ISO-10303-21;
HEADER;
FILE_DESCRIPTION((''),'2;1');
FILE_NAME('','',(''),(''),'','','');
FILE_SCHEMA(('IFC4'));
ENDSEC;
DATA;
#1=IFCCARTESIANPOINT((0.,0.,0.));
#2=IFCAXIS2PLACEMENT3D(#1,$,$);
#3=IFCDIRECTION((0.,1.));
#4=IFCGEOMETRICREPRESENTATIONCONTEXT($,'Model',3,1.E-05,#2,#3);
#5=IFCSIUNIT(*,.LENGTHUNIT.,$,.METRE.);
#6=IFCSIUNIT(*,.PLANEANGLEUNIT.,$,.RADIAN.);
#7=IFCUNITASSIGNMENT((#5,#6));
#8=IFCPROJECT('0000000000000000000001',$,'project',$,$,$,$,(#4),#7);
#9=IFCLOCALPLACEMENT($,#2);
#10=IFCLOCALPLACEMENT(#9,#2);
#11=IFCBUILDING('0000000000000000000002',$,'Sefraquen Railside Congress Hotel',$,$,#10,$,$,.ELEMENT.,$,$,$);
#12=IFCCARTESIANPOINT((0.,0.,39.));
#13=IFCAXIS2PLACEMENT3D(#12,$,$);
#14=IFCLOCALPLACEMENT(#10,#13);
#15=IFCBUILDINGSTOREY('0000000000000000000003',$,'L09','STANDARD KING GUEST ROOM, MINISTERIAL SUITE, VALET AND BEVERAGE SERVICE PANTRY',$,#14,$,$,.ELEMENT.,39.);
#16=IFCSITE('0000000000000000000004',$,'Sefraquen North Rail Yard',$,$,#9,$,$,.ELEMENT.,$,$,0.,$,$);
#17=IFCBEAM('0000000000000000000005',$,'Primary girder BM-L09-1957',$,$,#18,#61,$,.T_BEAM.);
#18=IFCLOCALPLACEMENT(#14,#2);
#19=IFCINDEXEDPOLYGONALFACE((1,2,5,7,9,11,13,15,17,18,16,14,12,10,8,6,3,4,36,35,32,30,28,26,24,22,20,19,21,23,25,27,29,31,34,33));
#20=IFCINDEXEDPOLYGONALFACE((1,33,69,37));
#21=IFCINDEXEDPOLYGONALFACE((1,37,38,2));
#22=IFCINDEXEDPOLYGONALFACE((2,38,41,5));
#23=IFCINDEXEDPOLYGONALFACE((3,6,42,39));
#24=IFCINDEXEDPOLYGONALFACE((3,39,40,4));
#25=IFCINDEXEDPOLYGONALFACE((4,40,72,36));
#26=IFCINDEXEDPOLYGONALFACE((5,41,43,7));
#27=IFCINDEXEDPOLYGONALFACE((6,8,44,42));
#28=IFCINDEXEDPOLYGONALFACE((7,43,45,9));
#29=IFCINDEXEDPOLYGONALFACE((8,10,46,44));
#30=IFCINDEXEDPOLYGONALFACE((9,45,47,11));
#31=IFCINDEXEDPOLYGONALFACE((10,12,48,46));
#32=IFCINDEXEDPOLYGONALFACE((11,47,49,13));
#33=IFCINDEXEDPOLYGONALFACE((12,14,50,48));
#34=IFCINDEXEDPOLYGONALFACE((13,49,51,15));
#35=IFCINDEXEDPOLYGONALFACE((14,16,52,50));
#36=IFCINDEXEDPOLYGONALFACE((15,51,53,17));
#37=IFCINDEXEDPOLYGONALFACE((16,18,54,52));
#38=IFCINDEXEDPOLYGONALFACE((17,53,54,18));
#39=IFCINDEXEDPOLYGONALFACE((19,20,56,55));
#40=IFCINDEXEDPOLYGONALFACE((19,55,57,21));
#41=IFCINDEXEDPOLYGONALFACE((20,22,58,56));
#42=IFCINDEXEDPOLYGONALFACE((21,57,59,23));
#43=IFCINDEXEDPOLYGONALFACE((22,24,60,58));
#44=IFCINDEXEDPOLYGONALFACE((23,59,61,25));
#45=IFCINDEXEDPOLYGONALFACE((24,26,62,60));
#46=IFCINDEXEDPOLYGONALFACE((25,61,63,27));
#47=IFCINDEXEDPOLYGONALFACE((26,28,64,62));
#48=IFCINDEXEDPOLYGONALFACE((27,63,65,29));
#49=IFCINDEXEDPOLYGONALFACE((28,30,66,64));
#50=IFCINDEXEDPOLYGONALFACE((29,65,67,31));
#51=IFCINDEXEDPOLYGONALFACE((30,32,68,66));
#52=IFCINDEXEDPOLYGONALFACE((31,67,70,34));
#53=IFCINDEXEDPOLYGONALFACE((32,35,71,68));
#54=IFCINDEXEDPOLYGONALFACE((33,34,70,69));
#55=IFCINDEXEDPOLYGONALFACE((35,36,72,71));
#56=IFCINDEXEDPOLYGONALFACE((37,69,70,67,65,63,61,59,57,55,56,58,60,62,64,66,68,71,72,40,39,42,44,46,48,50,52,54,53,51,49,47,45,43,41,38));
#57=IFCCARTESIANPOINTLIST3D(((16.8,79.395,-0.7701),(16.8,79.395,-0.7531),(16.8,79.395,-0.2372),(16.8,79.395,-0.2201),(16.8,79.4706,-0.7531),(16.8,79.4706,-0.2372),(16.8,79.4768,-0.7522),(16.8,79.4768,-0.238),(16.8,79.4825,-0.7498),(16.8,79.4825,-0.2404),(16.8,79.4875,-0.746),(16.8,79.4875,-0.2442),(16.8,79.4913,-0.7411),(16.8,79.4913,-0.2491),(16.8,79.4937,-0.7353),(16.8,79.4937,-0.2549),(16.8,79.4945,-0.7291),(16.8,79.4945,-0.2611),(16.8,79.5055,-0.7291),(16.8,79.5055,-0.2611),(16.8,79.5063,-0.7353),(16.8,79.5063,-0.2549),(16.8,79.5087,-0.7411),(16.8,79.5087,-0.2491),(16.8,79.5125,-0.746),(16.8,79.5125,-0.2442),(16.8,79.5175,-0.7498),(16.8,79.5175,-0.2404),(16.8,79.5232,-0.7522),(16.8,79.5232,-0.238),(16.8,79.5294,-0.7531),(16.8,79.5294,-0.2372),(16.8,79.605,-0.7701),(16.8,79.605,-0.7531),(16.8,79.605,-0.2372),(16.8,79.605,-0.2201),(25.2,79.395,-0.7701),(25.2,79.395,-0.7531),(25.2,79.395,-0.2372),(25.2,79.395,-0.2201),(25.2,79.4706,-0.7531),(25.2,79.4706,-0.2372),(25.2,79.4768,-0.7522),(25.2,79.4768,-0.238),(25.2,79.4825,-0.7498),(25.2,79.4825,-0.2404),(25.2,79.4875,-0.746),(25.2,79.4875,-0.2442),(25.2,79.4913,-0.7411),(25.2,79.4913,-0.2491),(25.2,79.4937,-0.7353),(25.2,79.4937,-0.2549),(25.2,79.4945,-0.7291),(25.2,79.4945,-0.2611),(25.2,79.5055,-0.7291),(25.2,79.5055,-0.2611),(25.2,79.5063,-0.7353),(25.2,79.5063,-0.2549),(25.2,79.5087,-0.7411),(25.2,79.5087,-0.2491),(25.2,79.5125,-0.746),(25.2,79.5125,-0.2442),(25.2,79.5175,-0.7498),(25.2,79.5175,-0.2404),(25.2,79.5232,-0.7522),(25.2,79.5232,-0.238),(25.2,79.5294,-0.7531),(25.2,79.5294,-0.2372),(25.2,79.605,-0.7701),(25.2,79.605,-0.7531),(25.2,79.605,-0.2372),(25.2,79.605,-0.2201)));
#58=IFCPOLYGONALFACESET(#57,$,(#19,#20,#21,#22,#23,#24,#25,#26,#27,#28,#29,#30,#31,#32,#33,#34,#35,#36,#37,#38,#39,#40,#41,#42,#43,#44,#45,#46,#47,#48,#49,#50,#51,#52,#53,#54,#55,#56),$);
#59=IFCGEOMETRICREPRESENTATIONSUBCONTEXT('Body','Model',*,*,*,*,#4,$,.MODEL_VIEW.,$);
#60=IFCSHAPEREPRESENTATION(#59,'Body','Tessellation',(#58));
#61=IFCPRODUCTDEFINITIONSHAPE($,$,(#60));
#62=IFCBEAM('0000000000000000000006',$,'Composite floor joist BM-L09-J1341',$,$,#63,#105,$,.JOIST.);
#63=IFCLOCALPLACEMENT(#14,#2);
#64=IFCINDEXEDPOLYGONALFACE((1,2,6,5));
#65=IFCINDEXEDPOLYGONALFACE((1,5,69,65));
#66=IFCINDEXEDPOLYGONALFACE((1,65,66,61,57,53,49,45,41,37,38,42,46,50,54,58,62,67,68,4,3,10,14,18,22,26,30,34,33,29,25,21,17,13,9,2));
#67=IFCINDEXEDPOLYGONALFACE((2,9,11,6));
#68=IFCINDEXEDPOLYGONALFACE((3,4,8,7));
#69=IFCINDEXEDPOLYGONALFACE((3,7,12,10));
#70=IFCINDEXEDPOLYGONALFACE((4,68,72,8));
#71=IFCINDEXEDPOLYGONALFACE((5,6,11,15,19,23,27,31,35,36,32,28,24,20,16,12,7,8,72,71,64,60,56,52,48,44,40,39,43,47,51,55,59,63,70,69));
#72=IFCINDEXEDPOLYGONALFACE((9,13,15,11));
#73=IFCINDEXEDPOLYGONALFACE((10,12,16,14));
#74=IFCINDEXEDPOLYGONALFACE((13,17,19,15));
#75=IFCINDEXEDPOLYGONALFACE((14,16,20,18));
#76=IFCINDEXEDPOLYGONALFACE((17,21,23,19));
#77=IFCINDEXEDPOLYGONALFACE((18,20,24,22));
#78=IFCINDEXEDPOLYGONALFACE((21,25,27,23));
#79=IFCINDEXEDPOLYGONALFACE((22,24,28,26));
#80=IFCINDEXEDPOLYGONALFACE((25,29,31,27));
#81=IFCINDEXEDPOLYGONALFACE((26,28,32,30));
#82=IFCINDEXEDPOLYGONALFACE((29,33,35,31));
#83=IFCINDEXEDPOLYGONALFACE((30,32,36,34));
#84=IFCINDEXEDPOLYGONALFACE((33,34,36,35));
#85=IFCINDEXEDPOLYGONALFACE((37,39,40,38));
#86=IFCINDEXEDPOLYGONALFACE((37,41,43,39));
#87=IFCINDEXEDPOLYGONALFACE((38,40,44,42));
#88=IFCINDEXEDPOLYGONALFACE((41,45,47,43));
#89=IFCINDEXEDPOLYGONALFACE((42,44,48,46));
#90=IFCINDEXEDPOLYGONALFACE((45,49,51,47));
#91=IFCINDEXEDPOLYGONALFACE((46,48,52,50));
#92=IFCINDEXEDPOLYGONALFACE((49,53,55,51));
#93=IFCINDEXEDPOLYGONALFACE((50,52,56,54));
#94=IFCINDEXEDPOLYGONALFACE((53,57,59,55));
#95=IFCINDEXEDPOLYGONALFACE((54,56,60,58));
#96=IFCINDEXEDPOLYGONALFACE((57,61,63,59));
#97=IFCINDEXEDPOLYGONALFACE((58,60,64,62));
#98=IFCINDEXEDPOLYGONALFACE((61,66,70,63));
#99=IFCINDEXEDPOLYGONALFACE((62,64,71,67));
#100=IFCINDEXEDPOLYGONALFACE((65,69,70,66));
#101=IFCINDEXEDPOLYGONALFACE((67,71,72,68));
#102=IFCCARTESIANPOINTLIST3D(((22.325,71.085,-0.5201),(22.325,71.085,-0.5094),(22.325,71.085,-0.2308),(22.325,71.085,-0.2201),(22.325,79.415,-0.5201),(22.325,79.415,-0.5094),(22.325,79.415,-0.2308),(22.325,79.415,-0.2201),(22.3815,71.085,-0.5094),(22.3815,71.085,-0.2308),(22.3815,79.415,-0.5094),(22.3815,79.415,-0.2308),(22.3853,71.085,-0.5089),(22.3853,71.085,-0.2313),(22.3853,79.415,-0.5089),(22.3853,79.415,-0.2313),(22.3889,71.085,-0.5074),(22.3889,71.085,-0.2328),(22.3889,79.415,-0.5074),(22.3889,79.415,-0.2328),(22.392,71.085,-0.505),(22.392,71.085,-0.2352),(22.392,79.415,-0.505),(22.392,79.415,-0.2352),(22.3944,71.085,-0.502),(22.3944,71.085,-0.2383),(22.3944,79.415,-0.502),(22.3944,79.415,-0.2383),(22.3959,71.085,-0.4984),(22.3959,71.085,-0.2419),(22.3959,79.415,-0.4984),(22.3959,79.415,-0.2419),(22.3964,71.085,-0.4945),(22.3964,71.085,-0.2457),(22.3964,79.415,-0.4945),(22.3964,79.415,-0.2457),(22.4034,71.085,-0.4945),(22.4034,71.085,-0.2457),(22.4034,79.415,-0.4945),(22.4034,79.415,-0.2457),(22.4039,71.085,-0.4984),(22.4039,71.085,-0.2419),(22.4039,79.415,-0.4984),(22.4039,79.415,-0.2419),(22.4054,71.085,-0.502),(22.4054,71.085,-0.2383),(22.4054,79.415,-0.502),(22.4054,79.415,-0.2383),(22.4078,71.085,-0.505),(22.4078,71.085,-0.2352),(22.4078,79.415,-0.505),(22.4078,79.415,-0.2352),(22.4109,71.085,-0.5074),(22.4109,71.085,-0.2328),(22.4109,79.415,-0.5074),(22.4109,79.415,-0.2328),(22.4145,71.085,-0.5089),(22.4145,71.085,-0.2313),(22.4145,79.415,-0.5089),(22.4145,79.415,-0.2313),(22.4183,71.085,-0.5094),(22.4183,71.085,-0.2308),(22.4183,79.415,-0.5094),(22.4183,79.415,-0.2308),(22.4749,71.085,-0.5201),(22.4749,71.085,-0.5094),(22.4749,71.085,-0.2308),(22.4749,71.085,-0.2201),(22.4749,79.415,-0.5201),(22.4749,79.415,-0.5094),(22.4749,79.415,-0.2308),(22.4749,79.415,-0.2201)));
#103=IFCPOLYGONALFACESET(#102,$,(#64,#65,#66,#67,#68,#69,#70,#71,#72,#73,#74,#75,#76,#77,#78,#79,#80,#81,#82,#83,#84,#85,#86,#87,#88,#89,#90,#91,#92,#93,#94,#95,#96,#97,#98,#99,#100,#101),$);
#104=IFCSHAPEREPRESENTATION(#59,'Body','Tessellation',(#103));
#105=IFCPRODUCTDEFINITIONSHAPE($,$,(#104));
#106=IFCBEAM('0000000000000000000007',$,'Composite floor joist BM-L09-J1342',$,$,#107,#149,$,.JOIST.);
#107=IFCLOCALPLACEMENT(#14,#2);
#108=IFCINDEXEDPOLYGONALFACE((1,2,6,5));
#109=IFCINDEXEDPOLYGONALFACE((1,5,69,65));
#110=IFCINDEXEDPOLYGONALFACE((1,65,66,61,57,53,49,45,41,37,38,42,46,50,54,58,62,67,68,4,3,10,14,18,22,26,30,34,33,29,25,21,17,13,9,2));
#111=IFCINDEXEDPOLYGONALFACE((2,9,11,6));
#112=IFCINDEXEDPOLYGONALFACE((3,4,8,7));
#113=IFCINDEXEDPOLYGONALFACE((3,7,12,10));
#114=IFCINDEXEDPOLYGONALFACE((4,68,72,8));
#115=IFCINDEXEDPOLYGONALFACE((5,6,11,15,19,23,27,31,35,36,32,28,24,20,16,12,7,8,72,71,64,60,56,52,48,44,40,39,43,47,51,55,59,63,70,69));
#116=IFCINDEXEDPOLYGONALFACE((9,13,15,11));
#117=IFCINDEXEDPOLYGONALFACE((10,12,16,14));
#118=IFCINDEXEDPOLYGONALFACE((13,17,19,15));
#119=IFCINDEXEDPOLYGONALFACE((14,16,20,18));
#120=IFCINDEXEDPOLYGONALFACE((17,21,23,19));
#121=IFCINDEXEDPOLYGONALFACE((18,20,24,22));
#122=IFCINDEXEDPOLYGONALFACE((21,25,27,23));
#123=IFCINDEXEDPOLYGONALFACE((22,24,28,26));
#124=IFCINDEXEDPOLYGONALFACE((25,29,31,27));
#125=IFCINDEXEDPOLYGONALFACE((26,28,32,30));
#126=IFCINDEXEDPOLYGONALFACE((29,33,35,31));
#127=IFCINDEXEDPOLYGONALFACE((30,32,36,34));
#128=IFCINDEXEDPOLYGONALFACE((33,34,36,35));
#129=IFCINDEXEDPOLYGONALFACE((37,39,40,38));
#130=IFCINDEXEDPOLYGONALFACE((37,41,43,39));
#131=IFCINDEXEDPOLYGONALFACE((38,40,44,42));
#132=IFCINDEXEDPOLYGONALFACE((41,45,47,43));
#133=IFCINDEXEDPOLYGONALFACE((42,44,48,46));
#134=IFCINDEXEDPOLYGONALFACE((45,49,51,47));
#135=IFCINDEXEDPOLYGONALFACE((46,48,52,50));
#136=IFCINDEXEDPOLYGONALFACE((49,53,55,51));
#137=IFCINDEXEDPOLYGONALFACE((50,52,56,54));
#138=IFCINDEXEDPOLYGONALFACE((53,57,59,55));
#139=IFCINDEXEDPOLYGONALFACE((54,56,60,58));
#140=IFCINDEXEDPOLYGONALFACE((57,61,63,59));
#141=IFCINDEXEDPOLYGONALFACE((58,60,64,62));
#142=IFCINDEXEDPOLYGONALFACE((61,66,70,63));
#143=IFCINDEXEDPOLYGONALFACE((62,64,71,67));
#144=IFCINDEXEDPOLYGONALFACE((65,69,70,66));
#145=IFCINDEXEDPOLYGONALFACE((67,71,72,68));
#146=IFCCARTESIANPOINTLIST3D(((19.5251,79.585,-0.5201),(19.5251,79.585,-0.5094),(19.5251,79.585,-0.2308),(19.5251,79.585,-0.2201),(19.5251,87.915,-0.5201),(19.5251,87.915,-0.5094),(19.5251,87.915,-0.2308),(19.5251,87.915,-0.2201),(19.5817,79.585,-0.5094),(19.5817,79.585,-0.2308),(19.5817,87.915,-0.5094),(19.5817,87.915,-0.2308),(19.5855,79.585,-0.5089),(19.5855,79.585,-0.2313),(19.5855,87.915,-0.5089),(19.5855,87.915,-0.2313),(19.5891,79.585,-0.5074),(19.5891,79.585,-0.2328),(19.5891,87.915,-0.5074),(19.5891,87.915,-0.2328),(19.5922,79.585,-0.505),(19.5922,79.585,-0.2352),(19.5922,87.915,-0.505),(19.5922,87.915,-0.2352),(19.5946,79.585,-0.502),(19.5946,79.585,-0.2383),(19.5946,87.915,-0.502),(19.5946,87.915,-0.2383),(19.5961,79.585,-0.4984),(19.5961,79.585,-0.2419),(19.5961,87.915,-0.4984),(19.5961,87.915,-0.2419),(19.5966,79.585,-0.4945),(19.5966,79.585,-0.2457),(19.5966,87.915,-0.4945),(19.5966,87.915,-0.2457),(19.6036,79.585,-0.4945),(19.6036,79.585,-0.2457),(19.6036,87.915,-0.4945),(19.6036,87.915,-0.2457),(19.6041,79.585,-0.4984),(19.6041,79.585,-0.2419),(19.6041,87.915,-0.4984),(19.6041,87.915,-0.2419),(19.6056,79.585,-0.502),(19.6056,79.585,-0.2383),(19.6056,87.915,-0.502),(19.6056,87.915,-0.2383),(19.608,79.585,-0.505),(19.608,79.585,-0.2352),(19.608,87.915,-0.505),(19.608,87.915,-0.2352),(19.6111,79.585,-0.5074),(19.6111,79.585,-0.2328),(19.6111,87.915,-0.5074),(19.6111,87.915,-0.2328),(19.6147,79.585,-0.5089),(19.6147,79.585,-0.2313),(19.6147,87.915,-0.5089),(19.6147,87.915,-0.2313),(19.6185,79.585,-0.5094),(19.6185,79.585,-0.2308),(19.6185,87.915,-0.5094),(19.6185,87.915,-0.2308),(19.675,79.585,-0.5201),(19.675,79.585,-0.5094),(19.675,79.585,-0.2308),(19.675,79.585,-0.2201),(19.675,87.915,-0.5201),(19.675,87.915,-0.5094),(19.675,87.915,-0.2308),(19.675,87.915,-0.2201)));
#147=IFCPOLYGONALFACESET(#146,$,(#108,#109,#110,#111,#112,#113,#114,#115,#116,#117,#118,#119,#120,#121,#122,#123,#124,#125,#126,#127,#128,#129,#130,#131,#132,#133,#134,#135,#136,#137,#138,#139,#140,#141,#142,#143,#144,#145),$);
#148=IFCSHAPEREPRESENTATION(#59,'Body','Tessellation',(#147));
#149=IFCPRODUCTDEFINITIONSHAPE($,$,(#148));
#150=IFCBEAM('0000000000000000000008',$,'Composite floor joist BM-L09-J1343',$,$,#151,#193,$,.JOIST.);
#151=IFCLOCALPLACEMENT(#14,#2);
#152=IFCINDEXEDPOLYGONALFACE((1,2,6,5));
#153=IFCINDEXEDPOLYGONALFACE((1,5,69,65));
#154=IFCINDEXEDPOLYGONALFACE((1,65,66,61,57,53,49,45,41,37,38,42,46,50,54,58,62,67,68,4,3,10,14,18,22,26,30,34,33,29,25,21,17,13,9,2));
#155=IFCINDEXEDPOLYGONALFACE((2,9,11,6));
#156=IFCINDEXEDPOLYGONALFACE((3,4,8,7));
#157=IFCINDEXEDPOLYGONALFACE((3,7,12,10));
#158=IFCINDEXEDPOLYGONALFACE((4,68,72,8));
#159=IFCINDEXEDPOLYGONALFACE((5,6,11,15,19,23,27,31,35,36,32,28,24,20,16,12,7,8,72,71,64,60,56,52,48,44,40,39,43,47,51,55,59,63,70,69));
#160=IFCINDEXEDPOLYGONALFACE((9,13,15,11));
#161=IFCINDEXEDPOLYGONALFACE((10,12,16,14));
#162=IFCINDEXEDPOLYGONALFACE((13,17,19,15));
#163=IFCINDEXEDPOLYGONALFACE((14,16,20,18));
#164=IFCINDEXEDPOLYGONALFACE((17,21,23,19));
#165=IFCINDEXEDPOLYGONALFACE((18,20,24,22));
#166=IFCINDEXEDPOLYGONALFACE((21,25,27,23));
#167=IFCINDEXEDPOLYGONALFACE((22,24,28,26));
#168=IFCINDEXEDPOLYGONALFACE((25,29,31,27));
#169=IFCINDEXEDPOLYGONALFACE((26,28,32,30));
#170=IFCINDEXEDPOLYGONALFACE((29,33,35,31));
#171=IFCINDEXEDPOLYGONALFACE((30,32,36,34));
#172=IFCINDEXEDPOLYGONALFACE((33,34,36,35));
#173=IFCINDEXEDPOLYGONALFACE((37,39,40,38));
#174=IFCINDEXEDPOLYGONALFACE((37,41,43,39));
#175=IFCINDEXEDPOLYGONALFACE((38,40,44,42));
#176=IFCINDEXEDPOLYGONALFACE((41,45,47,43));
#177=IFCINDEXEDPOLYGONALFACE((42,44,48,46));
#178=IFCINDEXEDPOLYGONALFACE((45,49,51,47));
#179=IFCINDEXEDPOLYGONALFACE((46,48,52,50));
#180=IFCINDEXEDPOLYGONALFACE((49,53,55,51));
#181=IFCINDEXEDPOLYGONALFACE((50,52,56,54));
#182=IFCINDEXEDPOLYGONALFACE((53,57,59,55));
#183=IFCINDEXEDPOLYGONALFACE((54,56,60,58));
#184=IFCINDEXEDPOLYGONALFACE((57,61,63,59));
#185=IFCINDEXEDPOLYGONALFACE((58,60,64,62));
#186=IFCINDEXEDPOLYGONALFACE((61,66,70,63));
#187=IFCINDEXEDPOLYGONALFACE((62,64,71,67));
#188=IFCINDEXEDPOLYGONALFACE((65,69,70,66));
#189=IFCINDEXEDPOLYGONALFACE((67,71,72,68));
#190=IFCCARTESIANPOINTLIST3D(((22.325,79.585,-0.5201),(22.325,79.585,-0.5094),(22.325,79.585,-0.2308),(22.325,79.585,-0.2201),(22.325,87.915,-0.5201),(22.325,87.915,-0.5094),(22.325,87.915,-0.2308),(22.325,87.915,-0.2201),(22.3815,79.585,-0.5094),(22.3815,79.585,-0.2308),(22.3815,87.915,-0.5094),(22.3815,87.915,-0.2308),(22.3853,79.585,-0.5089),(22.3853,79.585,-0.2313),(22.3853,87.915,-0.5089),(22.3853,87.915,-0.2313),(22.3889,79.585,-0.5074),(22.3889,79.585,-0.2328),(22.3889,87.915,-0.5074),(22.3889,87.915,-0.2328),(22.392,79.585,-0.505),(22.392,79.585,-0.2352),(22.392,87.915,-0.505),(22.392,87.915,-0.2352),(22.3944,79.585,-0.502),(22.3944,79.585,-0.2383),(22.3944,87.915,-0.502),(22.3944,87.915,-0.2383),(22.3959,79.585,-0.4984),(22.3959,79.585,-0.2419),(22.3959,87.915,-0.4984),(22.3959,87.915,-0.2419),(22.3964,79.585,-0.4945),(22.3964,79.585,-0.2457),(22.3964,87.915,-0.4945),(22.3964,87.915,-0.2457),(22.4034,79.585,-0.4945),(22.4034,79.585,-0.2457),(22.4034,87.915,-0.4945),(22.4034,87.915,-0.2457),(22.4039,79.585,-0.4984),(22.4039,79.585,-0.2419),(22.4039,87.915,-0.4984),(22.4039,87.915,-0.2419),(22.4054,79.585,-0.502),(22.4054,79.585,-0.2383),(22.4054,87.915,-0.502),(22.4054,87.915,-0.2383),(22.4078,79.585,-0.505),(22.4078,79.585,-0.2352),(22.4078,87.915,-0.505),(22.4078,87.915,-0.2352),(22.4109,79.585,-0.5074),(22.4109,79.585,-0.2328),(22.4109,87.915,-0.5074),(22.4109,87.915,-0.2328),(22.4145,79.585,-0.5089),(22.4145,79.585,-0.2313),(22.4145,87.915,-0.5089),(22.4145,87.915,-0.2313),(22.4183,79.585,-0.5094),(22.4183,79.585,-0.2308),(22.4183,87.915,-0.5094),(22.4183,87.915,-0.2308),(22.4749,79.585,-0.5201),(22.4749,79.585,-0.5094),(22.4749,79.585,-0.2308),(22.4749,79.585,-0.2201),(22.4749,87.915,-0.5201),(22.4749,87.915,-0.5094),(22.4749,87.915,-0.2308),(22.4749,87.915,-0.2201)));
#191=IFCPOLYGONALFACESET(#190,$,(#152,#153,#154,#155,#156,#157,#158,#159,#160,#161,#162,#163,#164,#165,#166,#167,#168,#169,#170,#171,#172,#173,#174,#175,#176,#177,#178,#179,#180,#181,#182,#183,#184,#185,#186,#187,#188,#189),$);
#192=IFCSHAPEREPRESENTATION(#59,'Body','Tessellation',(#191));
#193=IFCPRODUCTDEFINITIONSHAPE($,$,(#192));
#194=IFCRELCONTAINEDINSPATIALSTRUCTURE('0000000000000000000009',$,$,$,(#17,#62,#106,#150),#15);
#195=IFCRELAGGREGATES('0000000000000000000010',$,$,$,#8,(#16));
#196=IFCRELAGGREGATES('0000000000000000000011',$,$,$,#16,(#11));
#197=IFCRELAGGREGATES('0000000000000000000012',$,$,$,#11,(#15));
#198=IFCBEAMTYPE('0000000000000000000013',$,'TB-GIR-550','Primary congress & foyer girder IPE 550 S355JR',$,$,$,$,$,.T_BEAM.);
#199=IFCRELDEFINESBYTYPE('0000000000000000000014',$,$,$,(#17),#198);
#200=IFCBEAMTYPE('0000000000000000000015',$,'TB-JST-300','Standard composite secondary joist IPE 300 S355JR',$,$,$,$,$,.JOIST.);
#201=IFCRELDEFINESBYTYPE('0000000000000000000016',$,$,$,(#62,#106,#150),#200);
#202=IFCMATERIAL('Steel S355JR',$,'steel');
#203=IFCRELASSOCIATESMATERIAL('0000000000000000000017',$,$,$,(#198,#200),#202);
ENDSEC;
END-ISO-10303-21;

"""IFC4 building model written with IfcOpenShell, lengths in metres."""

from ifc_helpers import new_model, si_unit, direction, frame, origin, origin_2d, place, context, subcontext, project, spatial, i_section, extrude, material, material_profile, profile_set, type_object, element, save


model = new_model("IFC4")

# Units and contexts
model_context = context("Model", 3, precision=1e-05, world=origin(), true_north=direction((0.0, 1.0)))
body_context = subcontext(model_context, "Body", "Model", "MODEL_VIEW")
ifc_project = project(units=[si_unit("LENGTHUNIT", "METRE"), si_unit("PLANEANGLEUNIT", "RADIAN")], contexts=[model_context])

# Site, building, storey
site_placement = place(None, origin())
site = spatial("IfcSite", under=ifc_project, at=site_placement, Name="Sefraquen North Rail Yard", CompositionType="ELEMENT", RefElevation=0.0)
building_placement = place(site_placement, origin())
building = spatial("IfcBuilding", under=site, at=building_placement, Name="Sefraquen Railside Congress Hotel", CompositionType="ELEMENT")
storey_placement = place(building_placement, frame((0.0, 0.0, 39.0)))
storey = spatial("IfcBuildingStorey", under=building, at=storey_placement, Name="L09", Description="STANDARD KING GUEST ROOM, MINISTERIAL SUITE, VALET AND BEVERAGE SERVICE PANTRY", CompositionType="ELEMENT", Elevation=39.0)

# Shared definitions
ifc_material_1 = material(Name="Steel S355JR", Category="steel")

# Beams
ifc_material_profile_1 = material_profile(ifc_material_1, i_section(OverallWidth=0.21, OverallDepth=0.55, WebThickness=0.011, FlangeThickness=0.0171, FilletRadius=0.0239, at=origin_2d()), Name="IPE 550")
ifc_profile_set_1 = profile_set([ifc_material_profile_1], Name="Steel S355JR")
beam_type_1 = type_object("IfcBeamType", Name="TB-GIR-550", Description="Primary congress & foyer girder IPE 550 S355JR", PredefinedType="T_BEAM", material=ifc_profile_set_1)
beam_placement = place(storey_placement, frame((16.8, 79.5, -0.4951), z_axis=(1.0, 0.0, 0.0), x_axis=(0.0, 1.0, 0.0)))
element("IfcBeam", 1, at=beam_placement, inside=storey, type_object=beam_type_1, Name="Primary girder BM-L09-1957", PredefinedType="T_BEAM", context=body_context, shape_type="SweptSolid", body=[
    extrude(i_section(OverallWidth=0.21, OverallDepth=0.55, WebThickness=0.011, FlangeThickness=0.0171, FilletRadius=0.0239, at=origin_2d()), origin(), (0.0, 0.0, 1.0), 8.3999),
])
ifc_material_profile_2 = material_profile(ifc_material_1, i_section(OverallWidth=0.1499, OverallDepth=0.3, WebThickness=0.0071, FlangeThickness=0.0107, FilletRadius=0.0149, at=origin_2d()), Name="IPE 300")
ifc_profile_set_2 = profile_set([ifc_material_profile_2], Name="Steel S355JR")
beam_type_2 = type_object("IfcBeamType", Name="TB-JST-300", Description="Standard composite secondary joist IPE 300 S355JR", PredefinedType="JOIST", material=ifc_profile_set_2)
for number, where, z_axis, x_axis, name in (
    (2, (22.3999, 71.085, -0.3701), (0.0, 1.0, 0.0), (-1.0, 0.0, 0.0), "Composite floor joist BM-L09-J1341"),
    (3, (19.6001, 79.585, -0.3701), (0.0, 1.0, 0.0), (-1.0, 0.0, 0.0), "Composite floor joist BM-L09-J1342"),
    (4, (22.3999, 79.585, -0.3701), (0.0, 1.0, 0.0), (-1.0, 0.0, 0.0), "Composite floor joist BM-L09-J1343"),
):
    element("IfcBeam", number, at=place(storey_placement, frame(where, z_axis=z_axis, x_axis=x_axis)), inside=storey, type_object=beam_type_2, Name=name, PredefinedType="JOIST", context=body_context, shape_type="SweptSolid", body=[
        extrude(i_section(OverallWidth=0.1499, OverallDepth=0.3, WebThickness=0.0071, FlangeThickness=0.0107, FilletRadius=0.0149, at=origin_2d()), origin(), (0.0, 0.0, 1.0), 8.3301),
    ])

save(model, "model.ifc")
